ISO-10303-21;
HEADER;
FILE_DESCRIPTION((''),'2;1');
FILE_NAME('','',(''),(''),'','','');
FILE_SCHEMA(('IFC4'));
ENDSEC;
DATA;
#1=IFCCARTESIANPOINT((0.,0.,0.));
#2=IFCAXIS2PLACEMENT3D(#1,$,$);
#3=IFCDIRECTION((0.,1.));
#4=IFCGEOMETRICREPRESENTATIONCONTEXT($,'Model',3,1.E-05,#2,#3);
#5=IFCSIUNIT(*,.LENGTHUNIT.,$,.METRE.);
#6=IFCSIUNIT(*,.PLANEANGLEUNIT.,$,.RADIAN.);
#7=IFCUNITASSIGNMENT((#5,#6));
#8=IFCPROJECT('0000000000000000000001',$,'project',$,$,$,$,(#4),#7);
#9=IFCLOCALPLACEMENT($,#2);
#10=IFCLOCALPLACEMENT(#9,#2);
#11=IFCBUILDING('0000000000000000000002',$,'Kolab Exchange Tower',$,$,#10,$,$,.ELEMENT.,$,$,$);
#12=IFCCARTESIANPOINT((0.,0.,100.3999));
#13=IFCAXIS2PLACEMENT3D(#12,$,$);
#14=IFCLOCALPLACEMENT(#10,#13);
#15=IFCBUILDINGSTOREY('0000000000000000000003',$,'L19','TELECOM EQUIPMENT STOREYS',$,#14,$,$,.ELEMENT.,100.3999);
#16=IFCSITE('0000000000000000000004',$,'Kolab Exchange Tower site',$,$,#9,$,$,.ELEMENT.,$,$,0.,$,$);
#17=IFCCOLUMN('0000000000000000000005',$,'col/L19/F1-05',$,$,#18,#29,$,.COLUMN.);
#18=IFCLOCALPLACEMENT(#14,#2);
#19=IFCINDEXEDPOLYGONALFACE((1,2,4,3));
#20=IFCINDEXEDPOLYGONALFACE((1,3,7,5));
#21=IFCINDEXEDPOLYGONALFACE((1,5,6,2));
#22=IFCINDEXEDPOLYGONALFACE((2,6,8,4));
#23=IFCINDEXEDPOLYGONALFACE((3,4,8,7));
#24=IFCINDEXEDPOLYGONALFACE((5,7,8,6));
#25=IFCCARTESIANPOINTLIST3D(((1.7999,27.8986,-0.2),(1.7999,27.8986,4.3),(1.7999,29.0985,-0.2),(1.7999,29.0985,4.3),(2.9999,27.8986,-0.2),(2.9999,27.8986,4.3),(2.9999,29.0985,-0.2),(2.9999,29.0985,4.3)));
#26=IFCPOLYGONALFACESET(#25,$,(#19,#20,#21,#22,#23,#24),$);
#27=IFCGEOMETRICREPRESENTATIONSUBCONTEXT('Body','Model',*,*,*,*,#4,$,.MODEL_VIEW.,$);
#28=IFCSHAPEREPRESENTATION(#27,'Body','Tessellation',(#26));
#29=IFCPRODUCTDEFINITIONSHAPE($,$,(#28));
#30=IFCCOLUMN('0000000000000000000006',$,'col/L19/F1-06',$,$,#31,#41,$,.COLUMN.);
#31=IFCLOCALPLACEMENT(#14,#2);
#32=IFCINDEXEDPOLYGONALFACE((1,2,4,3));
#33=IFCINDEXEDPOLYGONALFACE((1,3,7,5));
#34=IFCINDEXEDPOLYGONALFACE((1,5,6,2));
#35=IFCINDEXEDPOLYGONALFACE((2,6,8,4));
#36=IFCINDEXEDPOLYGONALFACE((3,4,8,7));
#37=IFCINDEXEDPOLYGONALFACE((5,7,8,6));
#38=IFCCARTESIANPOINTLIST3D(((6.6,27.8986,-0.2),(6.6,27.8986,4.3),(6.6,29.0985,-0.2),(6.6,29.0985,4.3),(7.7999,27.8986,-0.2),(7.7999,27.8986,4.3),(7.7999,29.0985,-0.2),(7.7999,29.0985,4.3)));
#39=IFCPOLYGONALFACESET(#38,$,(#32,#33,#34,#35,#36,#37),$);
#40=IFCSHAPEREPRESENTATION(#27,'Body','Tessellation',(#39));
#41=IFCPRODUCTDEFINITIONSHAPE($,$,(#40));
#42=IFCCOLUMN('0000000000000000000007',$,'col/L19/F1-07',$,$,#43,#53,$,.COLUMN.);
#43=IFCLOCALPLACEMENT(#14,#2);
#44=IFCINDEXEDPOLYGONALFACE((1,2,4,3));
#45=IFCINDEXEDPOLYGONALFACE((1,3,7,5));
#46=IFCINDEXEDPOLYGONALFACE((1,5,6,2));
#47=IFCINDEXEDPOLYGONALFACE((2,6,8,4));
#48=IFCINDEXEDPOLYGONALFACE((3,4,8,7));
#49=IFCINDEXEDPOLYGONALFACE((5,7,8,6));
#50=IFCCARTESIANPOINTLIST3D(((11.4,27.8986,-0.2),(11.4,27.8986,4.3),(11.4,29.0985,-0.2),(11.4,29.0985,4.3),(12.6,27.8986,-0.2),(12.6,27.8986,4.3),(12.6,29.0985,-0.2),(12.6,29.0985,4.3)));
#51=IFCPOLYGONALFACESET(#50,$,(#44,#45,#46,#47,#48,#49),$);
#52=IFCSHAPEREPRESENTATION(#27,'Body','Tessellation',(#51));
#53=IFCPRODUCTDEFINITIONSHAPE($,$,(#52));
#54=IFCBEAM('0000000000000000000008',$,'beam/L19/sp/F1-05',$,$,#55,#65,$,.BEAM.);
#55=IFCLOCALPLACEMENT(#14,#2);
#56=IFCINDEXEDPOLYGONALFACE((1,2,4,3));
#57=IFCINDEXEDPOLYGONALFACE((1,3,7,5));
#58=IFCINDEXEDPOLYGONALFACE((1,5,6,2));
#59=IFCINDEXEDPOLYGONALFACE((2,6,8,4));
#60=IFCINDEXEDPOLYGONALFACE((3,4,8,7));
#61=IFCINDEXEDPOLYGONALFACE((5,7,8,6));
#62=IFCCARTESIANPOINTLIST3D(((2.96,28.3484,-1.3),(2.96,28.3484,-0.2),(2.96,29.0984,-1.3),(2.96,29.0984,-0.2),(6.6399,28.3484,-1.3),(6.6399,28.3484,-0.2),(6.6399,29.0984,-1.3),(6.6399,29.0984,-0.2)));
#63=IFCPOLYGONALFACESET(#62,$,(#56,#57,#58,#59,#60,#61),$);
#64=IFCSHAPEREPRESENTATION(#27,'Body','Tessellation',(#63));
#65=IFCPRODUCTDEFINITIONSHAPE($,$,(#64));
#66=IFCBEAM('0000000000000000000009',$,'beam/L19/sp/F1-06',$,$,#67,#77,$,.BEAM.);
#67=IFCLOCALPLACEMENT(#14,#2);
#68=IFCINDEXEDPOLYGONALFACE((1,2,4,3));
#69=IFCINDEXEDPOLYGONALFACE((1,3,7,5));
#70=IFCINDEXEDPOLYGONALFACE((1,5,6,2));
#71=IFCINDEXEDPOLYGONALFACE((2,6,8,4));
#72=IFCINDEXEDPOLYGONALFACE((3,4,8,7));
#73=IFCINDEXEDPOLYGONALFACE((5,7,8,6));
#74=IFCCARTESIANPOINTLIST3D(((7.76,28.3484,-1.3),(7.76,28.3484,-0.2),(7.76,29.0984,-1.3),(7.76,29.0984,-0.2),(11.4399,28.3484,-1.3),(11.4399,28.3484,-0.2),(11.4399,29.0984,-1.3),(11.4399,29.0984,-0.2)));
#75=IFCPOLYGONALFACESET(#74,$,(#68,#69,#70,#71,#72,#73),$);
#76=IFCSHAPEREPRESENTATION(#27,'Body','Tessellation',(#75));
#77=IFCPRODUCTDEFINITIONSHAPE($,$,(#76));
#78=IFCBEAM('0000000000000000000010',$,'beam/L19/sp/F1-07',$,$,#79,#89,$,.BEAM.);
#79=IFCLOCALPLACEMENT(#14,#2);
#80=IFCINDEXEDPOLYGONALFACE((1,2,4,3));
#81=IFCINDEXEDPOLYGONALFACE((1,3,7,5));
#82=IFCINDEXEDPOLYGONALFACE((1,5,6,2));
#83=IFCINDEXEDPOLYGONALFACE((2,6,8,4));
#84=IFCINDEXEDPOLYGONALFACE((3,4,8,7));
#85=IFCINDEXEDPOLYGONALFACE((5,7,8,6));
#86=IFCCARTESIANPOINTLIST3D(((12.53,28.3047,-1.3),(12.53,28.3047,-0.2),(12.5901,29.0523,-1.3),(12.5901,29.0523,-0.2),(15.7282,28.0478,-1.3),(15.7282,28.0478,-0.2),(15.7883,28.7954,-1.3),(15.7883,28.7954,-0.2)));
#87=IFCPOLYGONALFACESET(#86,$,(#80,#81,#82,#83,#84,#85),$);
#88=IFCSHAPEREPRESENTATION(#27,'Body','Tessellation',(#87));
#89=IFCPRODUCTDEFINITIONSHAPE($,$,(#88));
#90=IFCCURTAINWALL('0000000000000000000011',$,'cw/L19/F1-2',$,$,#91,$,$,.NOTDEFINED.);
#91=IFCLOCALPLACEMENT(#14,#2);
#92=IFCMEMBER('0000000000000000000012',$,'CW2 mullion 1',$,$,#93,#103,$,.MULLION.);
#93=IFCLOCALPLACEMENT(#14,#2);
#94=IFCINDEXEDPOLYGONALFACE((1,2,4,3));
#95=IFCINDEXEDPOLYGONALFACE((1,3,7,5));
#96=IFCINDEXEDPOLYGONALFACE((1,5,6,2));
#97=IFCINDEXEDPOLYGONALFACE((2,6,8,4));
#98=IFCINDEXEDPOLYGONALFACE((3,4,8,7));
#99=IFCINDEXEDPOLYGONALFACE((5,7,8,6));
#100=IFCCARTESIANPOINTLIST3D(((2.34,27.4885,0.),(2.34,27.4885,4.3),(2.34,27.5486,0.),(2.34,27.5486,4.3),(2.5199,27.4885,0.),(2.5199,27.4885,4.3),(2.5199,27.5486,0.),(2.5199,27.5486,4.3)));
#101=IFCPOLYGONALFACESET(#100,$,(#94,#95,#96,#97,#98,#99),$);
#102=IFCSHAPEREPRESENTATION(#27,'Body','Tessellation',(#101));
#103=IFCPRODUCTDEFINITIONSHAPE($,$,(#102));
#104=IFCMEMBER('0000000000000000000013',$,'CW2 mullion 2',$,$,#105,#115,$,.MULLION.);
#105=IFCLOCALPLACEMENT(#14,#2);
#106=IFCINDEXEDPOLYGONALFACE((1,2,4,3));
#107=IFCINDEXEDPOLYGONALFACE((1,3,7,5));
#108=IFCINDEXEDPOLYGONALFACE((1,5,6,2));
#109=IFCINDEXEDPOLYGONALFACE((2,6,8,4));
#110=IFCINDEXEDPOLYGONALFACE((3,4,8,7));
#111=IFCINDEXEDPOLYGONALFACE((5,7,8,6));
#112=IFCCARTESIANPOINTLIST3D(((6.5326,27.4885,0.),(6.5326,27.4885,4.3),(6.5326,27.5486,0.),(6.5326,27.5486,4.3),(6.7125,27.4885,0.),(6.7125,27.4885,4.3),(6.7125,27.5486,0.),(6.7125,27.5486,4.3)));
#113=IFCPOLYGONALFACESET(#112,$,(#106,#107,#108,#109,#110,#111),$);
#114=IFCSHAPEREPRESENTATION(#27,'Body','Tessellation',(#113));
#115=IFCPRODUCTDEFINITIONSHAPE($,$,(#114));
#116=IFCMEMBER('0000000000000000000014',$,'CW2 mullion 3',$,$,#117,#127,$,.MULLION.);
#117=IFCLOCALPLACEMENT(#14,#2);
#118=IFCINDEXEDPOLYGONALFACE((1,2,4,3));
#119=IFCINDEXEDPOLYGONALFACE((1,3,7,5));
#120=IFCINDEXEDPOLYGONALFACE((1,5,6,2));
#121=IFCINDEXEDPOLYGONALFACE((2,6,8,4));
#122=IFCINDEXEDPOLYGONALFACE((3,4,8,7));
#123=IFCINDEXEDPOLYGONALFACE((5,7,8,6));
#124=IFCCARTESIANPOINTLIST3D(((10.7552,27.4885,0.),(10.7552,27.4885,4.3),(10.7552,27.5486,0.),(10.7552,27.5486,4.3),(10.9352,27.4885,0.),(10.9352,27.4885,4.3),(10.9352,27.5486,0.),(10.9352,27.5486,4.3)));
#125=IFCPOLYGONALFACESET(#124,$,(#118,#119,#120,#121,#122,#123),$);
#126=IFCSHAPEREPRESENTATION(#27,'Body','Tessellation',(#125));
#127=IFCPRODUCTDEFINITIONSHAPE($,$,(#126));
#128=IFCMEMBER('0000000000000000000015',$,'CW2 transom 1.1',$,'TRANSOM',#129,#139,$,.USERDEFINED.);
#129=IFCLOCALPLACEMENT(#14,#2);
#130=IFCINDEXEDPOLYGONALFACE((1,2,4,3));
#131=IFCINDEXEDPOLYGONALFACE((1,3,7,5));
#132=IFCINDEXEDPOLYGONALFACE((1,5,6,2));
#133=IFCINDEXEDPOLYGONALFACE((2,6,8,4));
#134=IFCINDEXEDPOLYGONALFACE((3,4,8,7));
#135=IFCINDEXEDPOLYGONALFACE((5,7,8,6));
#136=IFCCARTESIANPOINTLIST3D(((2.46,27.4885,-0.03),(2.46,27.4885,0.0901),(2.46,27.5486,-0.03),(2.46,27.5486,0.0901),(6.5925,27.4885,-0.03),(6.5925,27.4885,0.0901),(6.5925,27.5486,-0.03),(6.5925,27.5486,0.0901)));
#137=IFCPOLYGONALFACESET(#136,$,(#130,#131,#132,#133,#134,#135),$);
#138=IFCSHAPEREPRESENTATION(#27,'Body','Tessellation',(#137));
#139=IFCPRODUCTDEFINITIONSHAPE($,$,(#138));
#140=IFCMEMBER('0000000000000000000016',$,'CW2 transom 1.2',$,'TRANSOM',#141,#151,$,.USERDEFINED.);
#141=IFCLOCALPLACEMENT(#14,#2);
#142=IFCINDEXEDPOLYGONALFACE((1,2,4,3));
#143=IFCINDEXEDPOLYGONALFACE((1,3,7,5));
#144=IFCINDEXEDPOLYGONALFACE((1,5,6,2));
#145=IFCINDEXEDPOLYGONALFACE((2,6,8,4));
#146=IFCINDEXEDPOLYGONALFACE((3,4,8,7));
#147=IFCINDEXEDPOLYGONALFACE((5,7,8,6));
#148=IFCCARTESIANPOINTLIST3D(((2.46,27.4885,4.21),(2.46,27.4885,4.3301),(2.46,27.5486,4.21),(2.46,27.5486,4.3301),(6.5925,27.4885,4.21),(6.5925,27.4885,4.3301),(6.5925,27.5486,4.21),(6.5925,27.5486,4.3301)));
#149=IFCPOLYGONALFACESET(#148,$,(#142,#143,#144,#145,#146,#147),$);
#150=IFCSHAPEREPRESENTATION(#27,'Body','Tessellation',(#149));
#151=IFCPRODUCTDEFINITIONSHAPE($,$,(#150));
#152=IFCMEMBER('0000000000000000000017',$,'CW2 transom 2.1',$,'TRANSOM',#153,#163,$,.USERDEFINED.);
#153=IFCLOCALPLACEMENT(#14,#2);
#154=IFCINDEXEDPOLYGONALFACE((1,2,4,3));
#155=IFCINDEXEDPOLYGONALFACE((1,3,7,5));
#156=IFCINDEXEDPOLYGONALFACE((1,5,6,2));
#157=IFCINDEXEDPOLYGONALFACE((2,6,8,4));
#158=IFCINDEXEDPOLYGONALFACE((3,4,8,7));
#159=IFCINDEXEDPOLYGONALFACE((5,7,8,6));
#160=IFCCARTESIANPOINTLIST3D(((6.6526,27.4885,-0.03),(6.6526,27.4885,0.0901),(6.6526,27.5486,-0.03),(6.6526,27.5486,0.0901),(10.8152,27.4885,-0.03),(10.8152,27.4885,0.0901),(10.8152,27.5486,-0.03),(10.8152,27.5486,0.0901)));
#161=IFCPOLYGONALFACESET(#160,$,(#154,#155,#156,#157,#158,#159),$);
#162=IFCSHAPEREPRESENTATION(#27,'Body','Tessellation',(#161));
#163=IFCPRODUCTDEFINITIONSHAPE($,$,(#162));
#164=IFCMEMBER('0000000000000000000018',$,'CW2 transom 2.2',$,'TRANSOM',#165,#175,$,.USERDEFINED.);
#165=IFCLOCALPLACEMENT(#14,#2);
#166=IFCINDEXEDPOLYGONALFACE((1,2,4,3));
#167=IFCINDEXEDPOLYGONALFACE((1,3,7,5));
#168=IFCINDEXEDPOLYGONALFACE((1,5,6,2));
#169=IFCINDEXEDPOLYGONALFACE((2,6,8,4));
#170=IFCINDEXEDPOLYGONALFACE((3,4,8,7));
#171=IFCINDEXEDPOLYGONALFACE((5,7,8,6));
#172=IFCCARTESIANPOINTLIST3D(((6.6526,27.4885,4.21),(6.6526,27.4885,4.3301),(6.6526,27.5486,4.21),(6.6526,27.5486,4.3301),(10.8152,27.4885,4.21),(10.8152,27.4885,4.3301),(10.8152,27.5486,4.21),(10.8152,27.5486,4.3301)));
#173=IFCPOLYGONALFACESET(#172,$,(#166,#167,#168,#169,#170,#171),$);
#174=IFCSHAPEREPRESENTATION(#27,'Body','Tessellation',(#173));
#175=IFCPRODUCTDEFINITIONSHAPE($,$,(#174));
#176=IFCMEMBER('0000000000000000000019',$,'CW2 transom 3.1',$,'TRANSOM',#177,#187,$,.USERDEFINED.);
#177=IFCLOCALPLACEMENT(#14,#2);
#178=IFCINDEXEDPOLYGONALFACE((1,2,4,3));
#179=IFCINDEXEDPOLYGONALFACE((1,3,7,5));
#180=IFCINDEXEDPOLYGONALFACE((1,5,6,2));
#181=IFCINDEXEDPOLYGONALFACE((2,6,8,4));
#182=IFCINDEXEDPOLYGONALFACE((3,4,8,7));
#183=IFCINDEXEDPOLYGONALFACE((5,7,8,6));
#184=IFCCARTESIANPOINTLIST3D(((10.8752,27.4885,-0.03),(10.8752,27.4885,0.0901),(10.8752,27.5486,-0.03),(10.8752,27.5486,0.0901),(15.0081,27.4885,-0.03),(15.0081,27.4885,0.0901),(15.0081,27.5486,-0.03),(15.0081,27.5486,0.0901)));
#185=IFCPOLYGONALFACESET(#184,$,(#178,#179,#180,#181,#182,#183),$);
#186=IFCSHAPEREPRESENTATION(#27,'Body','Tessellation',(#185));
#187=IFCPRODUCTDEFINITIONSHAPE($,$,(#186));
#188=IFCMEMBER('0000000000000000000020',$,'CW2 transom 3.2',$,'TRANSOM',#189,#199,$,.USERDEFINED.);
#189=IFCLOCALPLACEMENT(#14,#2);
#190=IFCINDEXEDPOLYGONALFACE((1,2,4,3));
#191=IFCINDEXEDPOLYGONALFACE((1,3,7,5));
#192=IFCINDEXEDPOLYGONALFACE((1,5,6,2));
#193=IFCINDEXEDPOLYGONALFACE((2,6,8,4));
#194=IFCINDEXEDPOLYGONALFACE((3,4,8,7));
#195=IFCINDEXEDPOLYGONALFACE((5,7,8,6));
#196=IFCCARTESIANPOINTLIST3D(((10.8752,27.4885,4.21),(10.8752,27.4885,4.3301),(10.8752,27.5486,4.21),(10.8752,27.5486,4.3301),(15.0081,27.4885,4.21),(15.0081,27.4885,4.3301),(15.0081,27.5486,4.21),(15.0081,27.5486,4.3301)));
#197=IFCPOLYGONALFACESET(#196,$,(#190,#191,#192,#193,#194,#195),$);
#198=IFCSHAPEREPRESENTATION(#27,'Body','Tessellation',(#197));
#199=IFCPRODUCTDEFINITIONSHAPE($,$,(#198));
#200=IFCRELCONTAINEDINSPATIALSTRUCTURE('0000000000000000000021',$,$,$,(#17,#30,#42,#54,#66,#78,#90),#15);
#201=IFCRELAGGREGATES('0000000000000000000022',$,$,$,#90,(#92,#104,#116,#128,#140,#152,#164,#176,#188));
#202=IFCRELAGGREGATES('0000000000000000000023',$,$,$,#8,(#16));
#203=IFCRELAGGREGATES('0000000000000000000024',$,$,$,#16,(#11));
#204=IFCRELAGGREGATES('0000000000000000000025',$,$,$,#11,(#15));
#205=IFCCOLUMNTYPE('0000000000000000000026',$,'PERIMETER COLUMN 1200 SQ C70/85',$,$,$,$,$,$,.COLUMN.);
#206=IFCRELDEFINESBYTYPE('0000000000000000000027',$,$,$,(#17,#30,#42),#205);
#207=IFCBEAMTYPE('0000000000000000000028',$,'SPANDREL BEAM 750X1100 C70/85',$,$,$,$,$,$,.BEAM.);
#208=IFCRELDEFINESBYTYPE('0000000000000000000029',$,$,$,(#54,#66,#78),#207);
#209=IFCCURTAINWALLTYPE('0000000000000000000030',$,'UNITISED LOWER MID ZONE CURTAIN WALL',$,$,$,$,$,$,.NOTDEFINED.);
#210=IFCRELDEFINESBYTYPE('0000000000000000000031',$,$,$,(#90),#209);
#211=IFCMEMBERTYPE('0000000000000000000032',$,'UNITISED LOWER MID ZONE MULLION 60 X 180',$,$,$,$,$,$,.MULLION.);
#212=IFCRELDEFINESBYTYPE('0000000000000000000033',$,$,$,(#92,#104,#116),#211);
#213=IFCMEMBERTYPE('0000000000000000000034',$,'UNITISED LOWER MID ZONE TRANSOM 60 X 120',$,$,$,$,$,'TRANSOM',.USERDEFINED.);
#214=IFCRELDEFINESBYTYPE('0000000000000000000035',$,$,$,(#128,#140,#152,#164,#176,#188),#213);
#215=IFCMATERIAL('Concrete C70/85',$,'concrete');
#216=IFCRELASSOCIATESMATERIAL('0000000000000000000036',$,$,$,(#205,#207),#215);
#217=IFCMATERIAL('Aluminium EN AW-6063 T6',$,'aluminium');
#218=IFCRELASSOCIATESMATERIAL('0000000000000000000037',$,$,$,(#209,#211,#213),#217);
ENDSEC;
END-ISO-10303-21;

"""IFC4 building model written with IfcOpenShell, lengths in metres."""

from ifc_helpers import new_model, si_unit, direction, frame, origin, origin_2d, place, context, subcontext, project, spatial, rectangle, extrude, material, material_profile, profile_set, type_object, element, aggregate, save


model = new_model("IFC4")

# Units and contexts
model_context = context("Model", 3, precision=1e-05, world=origin(), true_north=direction((0.0, 1.0)))
body_context = subcontext(model_context, "Body", "Model", "MODEL_VIEW")
ifc_project = project(units=[si_unit("LENGTHUNIT", "METRE"), si_unit("PLANEANGLEUNIT", "RADIAN")], contexts=[model_context])

# Site, building, storey
site_placement = place(None, origin())
site = spatial("IfcSite", under=ifc_project, at=site_placement, Name="Kolab Exchange Tower site", CompositionType="ELEMENT", RefElevation=0.0)
building_placement = place(site_placement, origin())
building = spatial("IfcBuilding", under=site, at=building_placement, Name="Kolab Exchange Tower", CompositionType="ELEMENT")
storey_placement = place(building_placement, frame((0.0, 0.0, 100.3999)))
storey = spatial("IfcBuildingStorey", under=building, at=storey_placement, Name="L19", Description="TELECOM EQUIPMENT STOREYS", CompositionType="ELEMENT", Elevation=100.3999)

# Columns
ifc_material_1 = material(Name="Concrete C70/85", Category="concrete")
ifc_material_profile_1 = material_profile(ifc_material_1, rectangle(XDim=1.2, YDim=1.2, at=origin_2d()), Name="RC1200")
ifc_profile_set_1 = profile_set([ifc_material_profile_1], Name="Concrete C70/85")
column_type = type_object("IfcColumnType", Name="PERIMETER COLUMN 1200 SQ C70/85", PredefinedType="COLUMN", material=ifc_profile_set_1)
for number, where, z_axis, x_axis, name in (
    (1, (2.3999, 28.4985, -0.2), (0.0, 0.0, 1.0), (1.0, 0.0, 0.0), "col/L19/F1-05"),
    (2, (7.2, 28.4985, -0.2), (0.0, 0.0, 1.0), (1.0, 0.0, 0.0), "col/L19/F1-06"),
    (3, (12.0, 28.4985, -0.2), (0.0, 0.0, 1.0), (1.0, 0.0, 0.0), "col/L19/F1-07"),
):
    element("IfcColumn", number, at=place(storey_placement, frame(where, z_axis=z_axis, x_axis=x_axis)), inside=storey, type_object=column_type, Name=name, PredefinedType="COLUMN", context=body_context, shape_type="SweptSolid", body=[
        extrude(rectangle(XDim=1.2, YDim=1.2, at=origin_2d()), origin(), (0.0, 0.0, 1.0), 4.5),
    ])

# Beams
ifc_material_profile_2 = material_profile(ifc_material_1, rectangle(XDim=0.75, YDim=1.1001, at=origin_2d()), Name="RC750X1100")
ifc_profile_set_2 = profile_set([ifc_material_profile_2], Name="Concrete C70/85")
beam_type = type_object("IfcBeamType", Name="SPANDREL BEAM 750X1100 C70/85", PredefinedType="BEAM", material=ifc_profile_set_2)
for number, where, z_axis, x_axis, name in (
    (4, (2.96, 28.7234, -0.75), (1.0, 0.0, 0.0), (0.0, 1.0, 0.0), "beam/L19/sp/F1-05"),
    (5, (7.76, 28.7234, -0.75), (1.0, 0.0, 0.0), (0.0, 1.0, 0.0), "beam/L19/sp/F1-06"),
):
    element("IfcBeam", number, at=place(storey_placement, frame(where, z_axis=z_axis, x_axis=x_axis)), inside=storey, type_object=beam_type, Name=name, PredefinedType="BEAM", context=body_context, shape_type="SweptSolid", body=[
        extrude(rectangle(XDim=0.75, YDim=1.1001, at=origin_2d()), origin(), (0.0, 0.0, 1.0), 3.6799),
    ])
beam_placement = place(storey_placement, frame((12.5601, 28.6785, -0.75), z_axis=(0.996791, -0.080048, 0.0), x_axis=(0.080048, 0.996791, 0.0)))
element("IfcBeam", 6, at=beam_placement, inside=storey, type_object=beam_type, Name="beam/L19/sp/F1-07", PredefinedType="BEAM", context=body_context, shape_type="SweptSolid", body=[
    extrude(rectangle(XDim=0.75, YDim=1.1001, at=origin_2d()), origin(), (0.0, 0.0, 1.0), 3.2085),
])

# Curtain wall, members
ifc_material_2 = material(Name="Aluminium EN AW-6063 T6", Category="aluminium")
curtain_wall_type = type_object("IfcCurtainWallType", Name="UNITISED LOWER MID ZONE CURTAIN WALL", PredefinedType="NOTDEFINED", material=ifc_material_2)
curtain_wall_placement = place(storey_placement, origin())
curtain_wall = element("IfcCurtainWall", 7, at=curtain_wall_placement, inside=storey, type_object=curtain_wall_type, Name="cw/L19/F1-2", PredefinedType="NOTDEFINED")
ifc_material_profile_3 = material_profile(ifc_material_2, rectangle(XDim=0.0601, YDim=0.1799, at=origin_2d()), Name="RECT 60X180")
ifc_profile_set_3 = profile_set([ifc_material_profile_3], Name="Aluminium EN AW-6063 T6")
member_type_1 = type_object("IfcMemberType", Name="UNITISED LOWER MID ZONE MULLION 60 X 180", PredefinedType="MULLION", material=ifc_profile_set_3)
member_1_placement = place(storey_placement, frame((2.4299, 27.5186, 0.0), z_axis=(0.0, 0.0, 1.0), x_axis=(0.0, 1.0, 0.0)))
member_1 = element("IfcMember", 8, at=member_1_placement, type_object=member_type_1, Name="CW2 mullion 1", PredefinedType="MULLION", context=body_context, shape_type="SweptSolid", body=[
    extrude(rectangle(XDim=0.0601, YDim=0.1799, at=origin_2d()), origin(), (0.0, 0.0, 1.0), 4.3),
])
member_2_placement = place(storey_placement, frame((6.6226, 27.5186, 0.0), z_axis=(0.0, 0.0, 1.0), x_axis=(0.0, 1.0, 0.0)))
member_2 = element("IfcMember", 9, at=member_2_placement, type_object=member_type_1, Name="CW2 mullion 2", PredefinedType="MULLION", context=body_context, shape_type="SweptSolid", body=[
    extrude(rectangle(XDim=0.0601, YDim=0.1799, at=origin_2d()), origin(), (0.0, 0.0, 1.0), 4.3),
])
member_3_placement = place(storey_placement, frame((10.8452, 27.5186, 0.0), z_axis=(0.0, 0.0, 1.0), x_axis=(0.0, 1.0, 0.0)))
member_3 = element("IfcMember", 10, at=member_3_placement, type_object=member_type_1, Name="CW2 mullion 3", PredefinedType="MULLION", context=body_context, shape_type="SweptSolid", body=[
    extrude(rectangle(XDim=0.0601, YDim=0.1799, at=origin_2d()), origin(), (0.0, 0.0, 1.0), 4.3),
])
ifc_material_profile_4 = material_profile(ifc_material_2, rectangle(XDim=0.0601, YDim=0.1201, at=origin_2d()), Name="RECT 60X120")
ifc_profile_set_4 = profile_set([ifc_material_profile_4], Name="Aluminium EN AW-6063 T6")
member_type_2 = type_object("IfcMemberType", Name="UNITISED LOWER MID ZONE TRANSOM 60 X 120", ElementType="TRANSOM", PredefinedType="USERDEFINED", material=ifc_profile_set_4)
member_4_placement = place(storey_placement, frame((2.46, 27.5186, 0.03), z_axis=(1.0, 0.0, 0.0), x_axis=(0.0, 1.0, 0.0)))
member_4 = element("IfcMember", 11, at=member_4_placement, type_object=member_type_2, Name="CW2 transom 1.1", ObjectType="TRANSOM", PredefinedType="USERDEFINED", context=body_context, shape_type="SweptSolid", body=[
    extrude(rectangle(XDim=0.0601, YDim=0.1201, at=origin_2d()), origin(), (0.0, 0.0, 1.0), 4.1326),
])
member_5_placement = place(storey_placement, frame((2.46, 27.5186, 4.27), z_axis=(1.0, 0.0, 0.0), x_axis=(0.0, 1.0, 0.0)))
member_5 = element("IfcMember", 12, at=member_5_placement, type_object=member_type_2, Name="CW2 transom 1.2", ObjectType="TRANSOM", PredefinedType="USERDEFINED", context=body_context, shape_type="SweptSolid", body=[
    extrude(rectangle(XDim=0.0601, YDim=0.1201, at=origin_2d()), origin(), (0.0, 0.0, 1.0), 4.1326),
])
member_6_placement = place(storey_placement, frame((6.6526, 27.5186, 0.03), z_axis=(1.0, 0.0, 0.0), x_axis=(0.0, 1.0, 0.0)))
member_6 = element("IfcMember", 13, at=member_6_placement, type_object=member_type_2, Name="CW2 transom 2.1", ObjectType="TRANSOM", PredefinedType="USERDEFINED", context=body_context, shape_type="SweptSolid", body=[
    extrude(rectangle(XDim=0.0601, YDim=0.1201, at=origin_2d()), origin(), (0.0, 0.0, 1.0), 4.1626),
])
member_7_placement = place(storey_placement, frame((6.6526, 27.5186, 4.27), z_axis=(1.0, 0.0, 0.0), x_axis=(0.0, 1.0, 0.0)))
member_7 = element("IfcMember", 14, at=member_7_placement, type_object=member_type_2, Name="CW2 transom 2.2", ObjectType="TRANSOM", PredefinedType="USERDEFINED", context=body_context, shape_type="SweptSolid", body=[
    extrude(rectangle(XDim=0.0601, YDim=0.1201, at=origin_2d()), origin(), (0.0, 0.0, 1.0), 4.1626),
])
member_8_placement = place(storey_placement, frame((10.8752, 27.5186, 0.03), z_axis=(1.0, 0.0, 0.0), x_axis=(0.0, 1.0, 0.0)))
member_8 = element("IfcMember", 15, at=member_8_placement, type_object=member_type_2, Name="CW2 transom 3.1", ObjectType="TRANSOM", PredefinedType="USERDEFINED", context=body_context, shape_type="SweptSolid", body=[
    extrude(rectangle(XDim=0.0601, YDim=0.1201, at=origin_2d()), origin(), (0.0, 0.0, 1.0), 4.1328),
])
member_9_placement = place(storey_placement, frame((10.8752, 27.5186, 4.27), z_axis=(1.0, 0.0, 0.0), x_axis=(0.0, 1.0, 0.0)))
member_9 = element("IfcMember", 16, at=member_9_placement, type_object=member_type_2, Name="CW2 transom 3.2", ObjectType="TRANSOM", PredefinedType="USERDEFINED", context=body_context, shape_type="SweptSolid", body=[
    extrude(rectangle(XDim=0.0601, YDim=0.1201, at=origin_2d()), origin(), (0.0, 0.0, 1.0), 4.1328),
])
aggregate(curtain_wall, [member_1, member_2, member_3, member_4, member_5, member_6, member_7, member_8, member_9])

save(model, "model.ifc")
